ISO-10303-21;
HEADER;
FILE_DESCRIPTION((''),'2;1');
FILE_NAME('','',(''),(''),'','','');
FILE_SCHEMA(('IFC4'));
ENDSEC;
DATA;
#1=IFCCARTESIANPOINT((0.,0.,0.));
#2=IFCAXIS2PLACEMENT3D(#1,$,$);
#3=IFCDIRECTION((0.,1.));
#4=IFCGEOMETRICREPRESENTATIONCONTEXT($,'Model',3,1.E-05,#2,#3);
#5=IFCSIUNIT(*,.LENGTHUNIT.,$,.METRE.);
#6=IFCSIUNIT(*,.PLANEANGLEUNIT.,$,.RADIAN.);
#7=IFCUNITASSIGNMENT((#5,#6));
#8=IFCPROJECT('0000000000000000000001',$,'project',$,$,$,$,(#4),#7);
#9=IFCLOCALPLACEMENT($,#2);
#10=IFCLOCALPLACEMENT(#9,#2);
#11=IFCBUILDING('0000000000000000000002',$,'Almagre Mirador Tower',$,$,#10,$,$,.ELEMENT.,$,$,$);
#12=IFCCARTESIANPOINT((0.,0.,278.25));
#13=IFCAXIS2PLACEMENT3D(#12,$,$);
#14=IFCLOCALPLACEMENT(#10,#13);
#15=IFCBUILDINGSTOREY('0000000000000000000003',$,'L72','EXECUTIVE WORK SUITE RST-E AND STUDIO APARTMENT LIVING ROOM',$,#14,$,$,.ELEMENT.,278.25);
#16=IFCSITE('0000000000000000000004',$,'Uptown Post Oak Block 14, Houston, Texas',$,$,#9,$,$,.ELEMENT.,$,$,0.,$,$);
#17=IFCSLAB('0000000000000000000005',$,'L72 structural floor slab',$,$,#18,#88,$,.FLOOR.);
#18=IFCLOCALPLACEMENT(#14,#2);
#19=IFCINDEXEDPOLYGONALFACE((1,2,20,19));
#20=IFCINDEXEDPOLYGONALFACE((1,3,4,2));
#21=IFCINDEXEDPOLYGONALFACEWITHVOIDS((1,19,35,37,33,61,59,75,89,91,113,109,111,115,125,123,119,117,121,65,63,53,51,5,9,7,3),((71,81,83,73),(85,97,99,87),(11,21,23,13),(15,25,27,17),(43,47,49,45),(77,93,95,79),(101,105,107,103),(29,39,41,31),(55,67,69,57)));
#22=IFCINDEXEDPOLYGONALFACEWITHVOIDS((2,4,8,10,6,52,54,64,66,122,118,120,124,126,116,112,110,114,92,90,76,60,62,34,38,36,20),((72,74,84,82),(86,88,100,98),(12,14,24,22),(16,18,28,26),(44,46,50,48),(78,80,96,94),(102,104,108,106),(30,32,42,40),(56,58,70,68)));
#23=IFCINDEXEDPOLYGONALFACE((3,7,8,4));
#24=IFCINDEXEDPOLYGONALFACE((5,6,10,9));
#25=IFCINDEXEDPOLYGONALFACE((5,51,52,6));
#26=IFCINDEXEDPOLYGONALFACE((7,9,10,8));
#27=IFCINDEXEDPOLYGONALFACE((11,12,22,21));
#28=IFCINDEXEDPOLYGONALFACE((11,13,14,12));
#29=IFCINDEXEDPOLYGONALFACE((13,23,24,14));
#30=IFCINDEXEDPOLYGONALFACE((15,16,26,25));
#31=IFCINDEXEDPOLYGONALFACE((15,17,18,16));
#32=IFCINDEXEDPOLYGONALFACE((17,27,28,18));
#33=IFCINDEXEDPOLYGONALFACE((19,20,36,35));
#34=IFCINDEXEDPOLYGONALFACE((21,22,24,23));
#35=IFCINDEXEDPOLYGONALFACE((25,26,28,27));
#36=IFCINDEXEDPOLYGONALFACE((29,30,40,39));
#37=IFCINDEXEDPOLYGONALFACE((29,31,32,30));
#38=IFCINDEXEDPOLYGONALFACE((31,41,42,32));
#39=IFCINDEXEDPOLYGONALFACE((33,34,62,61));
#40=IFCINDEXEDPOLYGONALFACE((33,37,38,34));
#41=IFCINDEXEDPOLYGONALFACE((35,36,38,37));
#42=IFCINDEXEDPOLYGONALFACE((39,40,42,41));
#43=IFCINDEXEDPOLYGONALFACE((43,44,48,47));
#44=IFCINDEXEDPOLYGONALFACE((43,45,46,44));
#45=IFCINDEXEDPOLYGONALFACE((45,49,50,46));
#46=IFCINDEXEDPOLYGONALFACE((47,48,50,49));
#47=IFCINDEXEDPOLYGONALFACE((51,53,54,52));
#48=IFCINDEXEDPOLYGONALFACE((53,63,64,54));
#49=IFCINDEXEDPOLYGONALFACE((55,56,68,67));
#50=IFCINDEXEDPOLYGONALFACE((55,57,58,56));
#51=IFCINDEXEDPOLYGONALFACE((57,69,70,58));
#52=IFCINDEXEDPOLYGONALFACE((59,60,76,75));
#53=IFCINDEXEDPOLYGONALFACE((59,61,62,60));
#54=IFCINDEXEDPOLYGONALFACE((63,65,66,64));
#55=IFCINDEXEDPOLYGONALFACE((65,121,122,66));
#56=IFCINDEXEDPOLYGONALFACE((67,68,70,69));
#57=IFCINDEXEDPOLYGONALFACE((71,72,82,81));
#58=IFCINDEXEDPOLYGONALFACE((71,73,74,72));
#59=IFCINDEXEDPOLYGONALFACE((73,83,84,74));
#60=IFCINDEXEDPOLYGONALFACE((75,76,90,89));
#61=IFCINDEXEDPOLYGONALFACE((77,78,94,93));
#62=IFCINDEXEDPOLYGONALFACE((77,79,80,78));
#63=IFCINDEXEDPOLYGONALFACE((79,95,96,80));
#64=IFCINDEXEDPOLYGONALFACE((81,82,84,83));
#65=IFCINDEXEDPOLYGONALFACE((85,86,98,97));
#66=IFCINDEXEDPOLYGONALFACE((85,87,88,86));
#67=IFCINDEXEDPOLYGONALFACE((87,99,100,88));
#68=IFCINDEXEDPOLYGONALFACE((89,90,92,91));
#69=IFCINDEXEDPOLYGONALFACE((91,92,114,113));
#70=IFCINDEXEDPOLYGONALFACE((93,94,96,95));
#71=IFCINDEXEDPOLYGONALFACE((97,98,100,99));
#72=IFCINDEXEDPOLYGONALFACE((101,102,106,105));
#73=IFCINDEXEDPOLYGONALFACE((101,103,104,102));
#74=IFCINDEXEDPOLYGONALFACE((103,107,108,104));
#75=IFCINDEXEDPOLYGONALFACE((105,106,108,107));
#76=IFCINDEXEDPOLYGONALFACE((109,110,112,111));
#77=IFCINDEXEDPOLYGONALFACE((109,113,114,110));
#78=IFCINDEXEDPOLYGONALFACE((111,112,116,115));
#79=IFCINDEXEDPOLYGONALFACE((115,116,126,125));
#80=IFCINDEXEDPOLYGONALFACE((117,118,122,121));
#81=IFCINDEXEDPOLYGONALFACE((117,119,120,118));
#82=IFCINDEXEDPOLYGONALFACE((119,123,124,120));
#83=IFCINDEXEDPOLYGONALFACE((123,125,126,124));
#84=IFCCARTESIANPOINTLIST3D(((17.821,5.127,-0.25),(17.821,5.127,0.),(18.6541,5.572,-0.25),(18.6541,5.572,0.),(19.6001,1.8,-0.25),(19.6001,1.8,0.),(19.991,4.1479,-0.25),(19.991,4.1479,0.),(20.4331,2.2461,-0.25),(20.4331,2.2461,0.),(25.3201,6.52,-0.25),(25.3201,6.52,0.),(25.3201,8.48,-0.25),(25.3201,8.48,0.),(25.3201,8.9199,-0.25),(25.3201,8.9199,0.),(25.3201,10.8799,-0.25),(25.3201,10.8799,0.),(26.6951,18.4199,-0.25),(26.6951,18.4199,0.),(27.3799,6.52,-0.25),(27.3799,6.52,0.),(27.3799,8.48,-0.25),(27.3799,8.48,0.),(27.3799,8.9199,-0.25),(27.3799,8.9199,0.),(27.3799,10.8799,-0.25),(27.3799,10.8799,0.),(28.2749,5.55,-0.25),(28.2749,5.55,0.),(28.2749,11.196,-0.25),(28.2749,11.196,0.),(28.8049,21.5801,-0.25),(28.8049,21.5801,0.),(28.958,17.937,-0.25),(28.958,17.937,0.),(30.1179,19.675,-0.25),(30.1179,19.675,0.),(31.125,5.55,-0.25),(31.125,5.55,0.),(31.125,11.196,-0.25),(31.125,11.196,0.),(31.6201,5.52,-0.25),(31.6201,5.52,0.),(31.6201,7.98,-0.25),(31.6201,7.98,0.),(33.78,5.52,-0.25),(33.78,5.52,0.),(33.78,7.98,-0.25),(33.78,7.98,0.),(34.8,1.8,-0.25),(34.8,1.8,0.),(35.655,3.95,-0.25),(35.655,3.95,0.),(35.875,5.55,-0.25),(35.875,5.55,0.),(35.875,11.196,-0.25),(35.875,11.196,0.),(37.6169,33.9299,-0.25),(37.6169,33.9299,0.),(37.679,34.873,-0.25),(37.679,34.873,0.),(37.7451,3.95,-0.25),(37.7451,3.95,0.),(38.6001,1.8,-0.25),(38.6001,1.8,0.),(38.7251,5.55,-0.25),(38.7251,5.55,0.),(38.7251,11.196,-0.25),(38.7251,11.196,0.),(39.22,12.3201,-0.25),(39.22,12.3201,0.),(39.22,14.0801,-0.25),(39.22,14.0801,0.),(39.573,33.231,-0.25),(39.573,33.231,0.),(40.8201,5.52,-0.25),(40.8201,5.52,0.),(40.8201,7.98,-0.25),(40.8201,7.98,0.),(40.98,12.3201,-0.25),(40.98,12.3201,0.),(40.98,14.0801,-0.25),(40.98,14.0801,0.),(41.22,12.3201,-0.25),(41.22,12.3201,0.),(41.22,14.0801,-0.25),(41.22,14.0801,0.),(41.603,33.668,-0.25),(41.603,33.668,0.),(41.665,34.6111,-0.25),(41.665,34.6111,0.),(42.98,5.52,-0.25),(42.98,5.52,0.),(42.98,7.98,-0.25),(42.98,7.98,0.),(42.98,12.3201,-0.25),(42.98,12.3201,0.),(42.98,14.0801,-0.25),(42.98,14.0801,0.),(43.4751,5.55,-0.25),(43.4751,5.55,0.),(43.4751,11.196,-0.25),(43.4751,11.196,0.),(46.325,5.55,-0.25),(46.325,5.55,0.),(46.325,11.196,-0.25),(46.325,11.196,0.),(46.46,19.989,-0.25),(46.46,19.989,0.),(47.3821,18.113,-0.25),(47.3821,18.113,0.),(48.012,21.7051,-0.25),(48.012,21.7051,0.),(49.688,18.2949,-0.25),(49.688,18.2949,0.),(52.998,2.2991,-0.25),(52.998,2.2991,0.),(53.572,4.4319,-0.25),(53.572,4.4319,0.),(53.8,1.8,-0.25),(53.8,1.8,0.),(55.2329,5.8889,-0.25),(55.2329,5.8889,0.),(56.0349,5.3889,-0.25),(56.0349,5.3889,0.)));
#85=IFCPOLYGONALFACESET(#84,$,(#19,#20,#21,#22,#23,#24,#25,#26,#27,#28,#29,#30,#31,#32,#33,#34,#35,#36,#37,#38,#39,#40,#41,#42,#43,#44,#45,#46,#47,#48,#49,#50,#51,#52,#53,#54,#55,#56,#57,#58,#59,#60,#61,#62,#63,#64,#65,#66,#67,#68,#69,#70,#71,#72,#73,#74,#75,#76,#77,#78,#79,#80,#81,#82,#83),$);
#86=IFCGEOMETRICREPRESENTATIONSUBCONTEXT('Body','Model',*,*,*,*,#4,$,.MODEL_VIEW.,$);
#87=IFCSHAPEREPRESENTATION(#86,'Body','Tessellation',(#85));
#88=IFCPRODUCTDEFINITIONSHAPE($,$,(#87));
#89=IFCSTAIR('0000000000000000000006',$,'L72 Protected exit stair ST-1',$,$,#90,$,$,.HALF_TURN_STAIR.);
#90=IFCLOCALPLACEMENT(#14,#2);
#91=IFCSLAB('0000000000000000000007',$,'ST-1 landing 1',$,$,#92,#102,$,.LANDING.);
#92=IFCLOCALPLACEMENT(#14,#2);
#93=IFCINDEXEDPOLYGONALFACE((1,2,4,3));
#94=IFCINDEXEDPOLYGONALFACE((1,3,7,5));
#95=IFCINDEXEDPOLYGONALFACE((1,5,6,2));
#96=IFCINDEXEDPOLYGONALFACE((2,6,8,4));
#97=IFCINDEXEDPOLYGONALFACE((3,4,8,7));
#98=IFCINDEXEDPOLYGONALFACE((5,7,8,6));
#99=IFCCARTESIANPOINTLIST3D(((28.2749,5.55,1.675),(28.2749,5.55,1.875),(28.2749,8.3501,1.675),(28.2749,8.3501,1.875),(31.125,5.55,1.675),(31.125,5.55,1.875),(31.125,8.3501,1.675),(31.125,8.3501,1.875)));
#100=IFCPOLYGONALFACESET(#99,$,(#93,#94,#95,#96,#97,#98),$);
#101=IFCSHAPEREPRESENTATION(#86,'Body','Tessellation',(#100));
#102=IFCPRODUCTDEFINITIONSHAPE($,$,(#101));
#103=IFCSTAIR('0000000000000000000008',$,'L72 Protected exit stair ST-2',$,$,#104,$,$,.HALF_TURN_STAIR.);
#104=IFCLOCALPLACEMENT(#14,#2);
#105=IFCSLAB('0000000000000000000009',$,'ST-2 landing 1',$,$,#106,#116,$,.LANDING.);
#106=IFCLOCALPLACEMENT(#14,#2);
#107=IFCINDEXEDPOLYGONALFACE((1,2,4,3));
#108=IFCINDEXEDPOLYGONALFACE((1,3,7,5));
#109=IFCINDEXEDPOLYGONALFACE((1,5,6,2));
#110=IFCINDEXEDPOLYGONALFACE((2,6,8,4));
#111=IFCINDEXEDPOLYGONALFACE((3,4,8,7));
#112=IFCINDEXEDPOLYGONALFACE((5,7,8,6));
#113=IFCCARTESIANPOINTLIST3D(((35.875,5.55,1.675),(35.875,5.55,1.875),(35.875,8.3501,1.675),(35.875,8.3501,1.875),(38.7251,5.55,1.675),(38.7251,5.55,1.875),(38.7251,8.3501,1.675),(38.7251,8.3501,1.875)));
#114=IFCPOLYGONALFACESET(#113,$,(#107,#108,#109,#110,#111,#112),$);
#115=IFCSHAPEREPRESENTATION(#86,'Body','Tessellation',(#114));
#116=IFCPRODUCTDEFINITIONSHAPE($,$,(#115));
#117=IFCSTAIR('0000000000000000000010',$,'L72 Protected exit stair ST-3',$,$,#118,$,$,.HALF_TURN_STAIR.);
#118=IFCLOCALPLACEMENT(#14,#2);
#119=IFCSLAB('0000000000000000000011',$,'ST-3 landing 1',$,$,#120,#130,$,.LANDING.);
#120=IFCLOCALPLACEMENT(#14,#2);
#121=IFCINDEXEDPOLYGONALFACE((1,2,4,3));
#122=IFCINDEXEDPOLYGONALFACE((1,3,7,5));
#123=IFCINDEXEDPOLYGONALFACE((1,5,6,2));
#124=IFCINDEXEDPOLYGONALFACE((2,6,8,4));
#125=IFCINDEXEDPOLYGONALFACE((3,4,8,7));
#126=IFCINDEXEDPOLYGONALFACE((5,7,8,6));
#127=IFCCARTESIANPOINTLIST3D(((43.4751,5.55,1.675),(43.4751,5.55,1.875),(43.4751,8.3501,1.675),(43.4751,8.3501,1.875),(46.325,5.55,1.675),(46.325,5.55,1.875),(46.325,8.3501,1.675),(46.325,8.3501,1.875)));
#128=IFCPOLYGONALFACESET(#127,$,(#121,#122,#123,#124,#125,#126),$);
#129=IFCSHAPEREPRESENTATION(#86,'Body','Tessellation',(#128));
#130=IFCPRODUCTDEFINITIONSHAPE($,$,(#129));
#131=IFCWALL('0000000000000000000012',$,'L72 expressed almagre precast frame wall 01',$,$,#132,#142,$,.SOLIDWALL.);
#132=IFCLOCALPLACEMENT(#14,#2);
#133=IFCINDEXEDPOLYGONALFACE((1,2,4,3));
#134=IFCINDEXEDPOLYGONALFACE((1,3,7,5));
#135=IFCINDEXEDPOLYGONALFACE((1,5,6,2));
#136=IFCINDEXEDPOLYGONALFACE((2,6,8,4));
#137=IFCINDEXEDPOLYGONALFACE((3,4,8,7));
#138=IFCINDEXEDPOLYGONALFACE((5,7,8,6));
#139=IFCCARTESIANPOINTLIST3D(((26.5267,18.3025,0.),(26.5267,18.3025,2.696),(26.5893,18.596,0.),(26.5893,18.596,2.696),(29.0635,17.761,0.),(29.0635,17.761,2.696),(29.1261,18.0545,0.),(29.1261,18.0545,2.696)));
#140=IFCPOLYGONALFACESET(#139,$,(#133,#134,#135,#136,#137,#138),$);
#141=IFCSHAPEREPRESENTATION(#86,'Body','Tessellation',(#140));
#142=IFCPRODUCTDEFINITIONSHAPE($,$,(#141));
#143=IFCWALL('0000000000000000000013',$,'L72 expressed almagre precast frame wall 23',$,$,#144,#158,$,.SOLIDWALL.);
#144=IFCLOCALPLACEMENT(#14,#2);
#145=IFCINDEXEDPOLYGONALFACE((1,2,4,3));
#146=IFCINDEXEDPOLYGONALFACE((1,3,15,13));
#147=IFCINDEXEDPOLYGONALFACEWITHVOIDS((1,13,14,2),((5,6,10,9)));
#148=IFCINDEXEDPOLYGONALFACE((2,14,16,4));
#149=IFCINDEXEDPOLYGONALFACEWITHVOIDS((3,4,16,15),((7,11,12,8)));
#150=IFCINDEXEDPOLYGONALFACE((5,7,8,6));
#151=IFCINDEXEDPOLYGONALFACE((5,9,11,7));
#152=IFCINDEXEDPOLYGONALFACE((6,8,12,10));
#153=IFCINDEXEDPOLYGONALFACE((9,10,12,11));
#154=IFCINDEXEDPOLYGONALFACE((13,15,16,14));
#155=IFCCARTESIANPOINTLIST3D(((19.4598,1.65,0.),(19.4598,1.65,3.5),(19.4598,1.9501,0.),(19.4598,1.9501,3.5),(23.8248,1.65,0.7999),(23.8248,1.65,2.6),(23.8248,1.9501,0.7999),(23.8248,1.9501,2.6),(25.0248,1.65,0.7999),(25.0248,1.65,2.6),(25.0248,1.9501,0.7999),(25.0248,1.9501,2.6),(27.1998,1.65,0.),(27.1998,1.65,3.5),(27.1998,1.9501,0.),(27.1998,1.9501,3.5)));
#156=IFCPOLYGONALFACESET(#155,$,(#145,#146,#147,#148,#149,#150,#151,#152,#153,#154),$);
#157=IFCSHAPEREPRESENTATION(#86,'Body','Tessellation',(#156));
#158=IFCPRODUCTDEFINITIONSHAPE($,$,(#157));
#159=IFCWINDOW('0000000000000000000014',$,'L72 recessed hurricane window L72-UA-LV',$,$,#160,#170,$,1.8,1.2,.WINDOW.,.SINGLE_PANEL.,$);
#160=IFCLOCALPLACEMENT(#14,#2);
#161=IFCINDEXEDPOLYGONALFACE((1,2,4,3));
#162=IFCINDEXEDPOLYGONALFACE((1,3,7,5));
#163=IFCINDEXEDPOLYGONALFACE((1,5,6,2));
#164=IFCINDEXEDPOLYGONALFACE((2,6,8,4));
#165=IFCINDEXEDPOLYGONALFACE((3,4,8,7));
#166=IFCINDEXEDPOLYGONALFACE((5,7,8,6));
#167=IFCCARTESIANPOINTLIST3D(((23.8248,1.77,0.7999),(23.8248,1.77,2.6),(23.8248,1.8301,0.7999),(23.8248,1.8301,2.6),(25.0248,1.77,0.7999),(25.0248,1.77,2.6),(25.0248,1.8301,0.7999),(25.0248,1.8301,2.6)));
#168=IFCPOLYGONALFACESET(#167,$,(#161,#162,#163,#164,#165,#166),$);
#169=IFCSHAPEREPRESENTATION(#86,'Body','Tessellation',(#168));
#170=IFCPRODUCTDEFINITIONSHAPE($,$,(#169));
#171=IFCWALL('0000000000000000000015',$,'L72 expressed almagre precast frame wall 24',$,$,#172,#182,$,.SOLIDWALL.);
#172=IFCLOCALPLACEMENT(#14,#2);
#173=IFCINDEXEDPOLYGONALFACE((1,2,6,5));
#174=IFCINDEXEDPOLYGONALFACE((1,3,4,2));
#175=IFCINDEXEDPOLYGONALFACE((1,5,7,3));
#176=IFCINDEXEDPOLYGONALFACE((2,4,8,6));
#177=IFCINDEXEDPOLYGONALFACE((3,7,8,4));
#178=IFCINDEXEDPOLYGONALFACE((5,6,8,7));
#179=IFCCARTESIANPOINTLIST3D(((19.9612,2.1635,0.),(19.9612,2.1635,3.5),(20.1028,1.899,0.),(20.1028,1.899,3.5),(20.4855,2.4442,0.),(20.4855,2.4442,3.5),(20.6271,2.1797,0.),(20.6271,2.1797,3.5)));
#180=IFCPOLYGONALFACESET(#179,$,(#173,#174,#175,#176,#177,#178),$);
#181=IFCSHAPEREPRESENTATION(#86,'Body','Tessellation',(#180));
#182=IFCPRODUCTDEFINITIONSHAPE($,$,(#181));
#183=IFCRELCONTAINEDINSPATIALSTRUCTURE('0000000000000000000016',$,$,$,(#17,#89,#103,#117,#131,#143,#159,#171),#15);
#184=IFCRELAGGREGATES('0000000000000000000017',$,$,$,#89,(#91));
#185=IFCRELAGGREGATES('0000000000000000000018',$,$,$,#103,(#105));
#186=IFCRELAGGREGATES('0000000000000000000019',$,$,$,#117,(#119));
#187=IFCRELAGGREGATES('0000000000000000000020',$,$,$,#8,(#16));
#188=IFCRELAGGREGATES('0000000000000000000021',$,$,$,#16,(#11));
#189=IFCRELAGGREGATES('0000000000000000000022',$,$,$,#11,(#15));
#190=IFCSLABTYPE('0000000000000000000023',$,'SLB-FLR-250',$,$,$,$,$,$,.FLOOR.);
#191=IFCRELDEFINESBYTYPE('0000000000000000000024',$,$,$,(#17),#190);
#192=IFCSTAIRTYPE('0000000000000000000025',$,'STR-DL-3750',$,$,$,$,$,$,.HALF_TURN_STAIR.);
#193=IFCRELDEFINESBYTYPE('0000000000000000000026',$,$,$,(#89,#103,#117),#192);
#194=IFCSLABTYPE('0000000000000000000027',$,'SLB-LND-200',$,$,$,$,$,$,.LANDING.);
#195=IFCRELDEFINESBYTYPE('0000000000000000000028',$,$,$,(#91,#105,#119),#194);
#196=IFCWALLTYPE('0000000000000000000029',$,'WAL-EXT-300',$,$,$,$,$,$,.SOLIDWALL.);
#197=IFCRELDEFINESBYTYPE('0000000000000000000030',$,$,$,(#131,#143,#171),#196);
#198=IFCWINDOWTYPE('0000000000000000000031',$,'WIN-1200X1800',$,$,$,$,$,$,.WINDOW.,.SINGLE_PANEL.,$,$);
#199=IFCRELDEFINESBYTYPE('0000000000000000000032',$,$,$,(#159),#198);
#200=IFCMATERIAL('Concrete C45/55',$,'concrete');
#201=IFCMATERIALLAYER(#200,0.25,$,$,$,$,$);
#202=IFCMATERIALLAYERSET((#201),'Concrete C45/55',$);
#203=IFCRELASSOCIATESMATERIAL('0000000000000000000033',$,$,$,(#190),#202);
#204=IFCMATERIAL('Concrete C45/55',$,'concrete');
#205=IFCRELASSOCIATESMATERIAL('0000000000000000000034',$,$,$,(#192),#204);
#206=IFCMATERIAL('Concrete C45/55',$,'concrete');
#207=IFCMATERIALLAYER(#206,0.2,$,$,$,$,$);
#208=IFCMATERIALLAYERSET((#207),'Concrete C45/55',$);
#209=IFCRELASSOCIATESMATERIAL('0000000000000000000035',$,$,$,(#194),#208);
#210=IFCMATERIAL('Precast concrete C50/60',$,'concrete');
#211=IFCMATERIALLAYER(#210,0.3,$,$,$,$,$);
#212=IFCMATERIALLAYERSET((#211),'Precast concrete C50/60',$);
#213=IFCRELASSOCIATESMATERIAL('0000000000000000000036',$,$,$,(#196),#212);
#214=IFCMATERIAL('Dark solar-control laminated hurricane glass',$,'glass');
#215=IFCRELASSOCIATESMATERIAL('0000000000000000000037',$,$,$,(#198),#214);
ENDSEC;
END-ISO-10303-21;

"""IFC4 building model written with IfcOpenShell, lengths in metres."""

from ifc_helpers import new_model, si_unit, direction, frame, frame_2d, origin, place, context, subcontext, project, spatial, polyline, rectangle, outline, extrude, material, layer, layer_set, type_object, element, fill, aggregate, save


model = new_model("IFC4")

# Units and contexts
model_context = context("Model", 3, precision=1e-05, world=origin(), true_north=direction((0.0, 1.0)))
body_context = subcontext(model_context, "Body", "Model", "MODEL_VIEW")
ifc_project = project(units=[si_unit("LENGTHUNIT", "METRE"), si_unit("PLANEANGLEUNIT", "RADIAN")], contexts=[model_context])

# Site, building, storey
site_placement = place(None, origin())
site = spatial("IfcSite", under=ifc_project, at=site_placement, Name="Uptown Post Oak Block 14, Houston, Texas", CompositionType="ELEMENT", RefElevation=0.0)
building_placement = place(site_placement, origin())
building = spatial("IfcBuilding", under=site, at=building_placement, Name="Almagre Mirador Tower", CompositionType="ELEMENT")
storey_placement = place(building_placement, frame((0.0, 0.0, 278.25)))
storey = spatial("IfcBuildingStorey", under=building, at=storey_placement, Name="L72", Description="EXECUTIVE WORK SUITE RST-E AND STUDIO APARTMENT LIVING ROOM", CompositionType="ELEMENT", Elevation=278.25)

# Slab
ifc_material_1 = material(Name="Concrete C45/55", Category="concrete")
ifc_layer_1 = layer(ifc_material_1, 0.25)
ifc_layer_set_1 = layer_set([ifc_layer_1], Name="Concrete C45/55")
slab_type_1 = type_object("IfcSlabType", Name="SLB-FLR-250", PredefinedType="FLOOR", material=ifc_layer_set_1)
slab_1_placement = place(storey_placement, frame((0.0, 0.0, -0.25)))
element("IfcSlab", 1, at=slab_1_placement, inside=storey, type_object=slab_type_1, Name="L72 structural floor slab", PredefinedType="FLOOR", context=body_context, shape_type="SweptSolid", body=[
    extrude(outline(polyline([(17.821, 5.127), (18.6541, 5.572), (19.991, 4.1479), (20.4331, 2.2461), (19.6001, 1.8), (34.8, 1.8), (35.655, 3.95), (37.7451, 3.95), (38.6001, 1.8), (53.8, 1.8), (52.998, 2.2991), (53.572, 4.4319), (55.2329, 5.8889), (56.0349, 5.3889), (49.688, 18.2949), (47.3821, 18.113), (46.46, 19.989), (48.012, 21.7051), (41.665, 34.6111), (41.603, 33.668), (39.573, 33.231), (37.6169, 33.9299), (37.679, 34.873), (28.8049, 21.5801), (30.1179, 19.675), (28.958, 17.937), (26.6951, 18.4199), (17.821, 5.127)]), holes=[polyline([(43.4751, 5.55), (43.4751, 11.196), (46.325, 11.196), (46.325, 5.55), (43.4751, 5.55)]), polyline([(41.22, 12.3201), (41.22, 14.0801), (42.98, 14.0801), (42.98, 12.3201), (41.22, 12.3201)]), polyline([(42.98, 5.52), (40.8201, 5.52), (40.8201, 7.98), (42.98, 7.98), (42.98, 5.52)]), polyline([(39.22, 12.3201), (39.22, 14.0801), (40.98, 14.0801), (40.98, 12.3201), (39.22, 12.3201)]), polyline([(35.875, 5.55), (35.875, 11.196), (38.7251, 11.196), (38.7251, 5.55), (35.875, 5.55)]), polyline([(33.78, 5.52), (31.6201, 5.52), (31.6201, 7.98), (33.78, 7.98), (33.78, 5.52)]), polyline([(28.2749, 5.55), (28.2749, 11.196), (31.125, 11.196), (31.125, 5.55), (28.2749, 5.55)]), polyline([(27.3799, 6.52), (25.3201, 6.52), (25.3201, 8.48), (27.3799, 8.48), (27.3799, 6.52)]), polyline([(27.3799, 8.9199), (25.3201, 8.9199), (25.3201, 10.8799), (27.3799, 10.8799), (27.3799, 8.9199)])]), origin(), (0.0, 0.0, 1.0), 0.25),
])

# Stairs, slabs
ifc_material_2 = material(Name="Concrete C45/55", Category="concrete")
stair_type = type_object("IfcStairType", Name="STR-DL-3750", PredefinedType="HALF_TURN_STAIR", material=ifc_material_2)
stair_1_placement = place(storey_placement, origin())
stair_1 = element("IfcStair", 2, at=stair_1_placement, inside=storey, type_object=stair_type, Name="L72 Protected exit stair ST-1", PredefinedType="HALF_TURN_STAIR")
ifc_material_3 = material(Name="Concrete C45/55", Category="concrete")
ifc_layer_2 = layer(ifc_material_3, 0.2)
ifc_layer_set_2 = layer_set([ifc_layer_2], Name="Concrete C45/55")
slab_type_2 = type_object("IfcSlabType", Name="SLB-LND-200", PredefinedType="LANDING", material=ifc_layer_set_2)
slab_2_placement = place(storey_placement, frame((0.0, 0.0, 1.675)))
slab_2 = element("IfcSlab", 3, at=slab_2_placement, type_object=slab_type_2, Name="ST-1 landing 1", PredefinedType="LANDING", context=body_context, shape_type="SweptSolid", body=[
    extrude(outline(polyline([(28.2749, 8.3501), (28.2749, 5.55), (31.125, 5.55), (31.125, 8.3501), (28.2749, 8.3501)])), origin(), (0.0, 0.0, 1.0), 0.2),
])
aggregate(stair_1, [slab_2])
stair_2_placement = place(storey_placement, origin())
stair_2 = element("IfcStair", 4, at=stair_2_placement, inside=storey, type_object=stair_type, Name="L72 Protected exit stair ST-2", PredefinedType="HALF_TURN_STAIR")
slab_3_placement = place(storey_placement, frame((0.0, 0.0, 1.675)))
slab_3 = element("IfcSlab", 5, at=slab_3_placement, type_object=slab_type_2, Name="ST-2 landing 1", PredefinedType="LANDING", context=body_context, shape_type="SweptSolid", body=[
    extrude(outline(polyline([(35.875, 8.3501), (35.875, 5.55), (38.7251, 5.55), (38.7251, 8.3501), (35.875, 8.3501)])), origin(), (0.0, 0.0, 1.0), 0.2),
])
aggregate(stair_2, [slab_3])
stair_3_placement = place(storey_placement, origin())
stair_3 = element("IfcStair", 6, at=stair_3_placement, inside=storey, type_object=stair_type, Name="L72 Protected exit stair ST-3", PredefinedType="HALF_TURN_STAIR")
slab_4_placement = place(storey_placement, frame((0.0, 0.0, 1.675)))
slab_4 = element("IfcSlab", 7, at=slab_4_placement, type_object=slab_type_2, Name="ST-3 landing 1", PredefinedType="LANDING", context=body_context, shape_type="SweptSolid", body=[
    extrude(outline(polyline([(43.4751, 8.3501), (43.4751, 5.55), (46.325, 5.55), (46.325, 8.3501), (43.4751, 8.3501)])), origin(), (0.0, 0.0, 1.0), 0.2),
])
aggregate(stair_3, [slab_4])

# Wall
ifc_material_4 = material(Name="Precast concrete C50/60", Category="concrete")
ifc_layer_3 = layer(ifc_material_4, 0.3)
ifc_layer_set_3 = layer_set([ifc_layer_3], Name="Precast concrete C50/60")
wall_type_1 = type_object("IfcWallType", Name="WAL-EXT-300", PredefinedType="SOLIDWALL", material=ifc_layer_set_3)
wall_1_placement = place(storey_placement, frame((26.5581, 18.4492, 0.0), z_axis=(0.0, 0.0, 1.0), x_axis=(0.977969, -0.208751, 0.0)))
element("IfcWall", 8, at=wall_1_placement, inside=storey, type_object=wall_type_1, Name="L72 expressed almagre precast frame wall 01", PredefinedType="SOLIDWALL", context=body_context, shape_type="SweptSolid", body=[
    extrude(rectangle(XDim=2.594, YDim=0.3, at=frame_2d((1.2969, 0.0))), origin(), (0.0, 0.0, 1.0), 2.696),
])

# Wall, opening, window
wall_2_placement = place(storey_placement, frame((27.2, 1.8, 0.0), z_axis=(0.0, 0.0, 1.0), x_axis=(-1.0, 0.0, 0.0)))
wall_2 = element("IfcWall", 9, at=wall_2_placement, inside=storey, type_object=wall_type_1, Name="L72 expressed almagre precast frame wall 23", PredefinedType="SOLIDWALL", context=body_context, shape_type="SweptSolid", body=[
    extrude(rectangle(XDim=7.74, YDim=0.3, at=frame_2d((3.8701, 0.0))), origin(), (0.0, 0.0, 1.0), 3.5),
])
opening_1_placement = place(wall_2_placement, frame((2.175, 0.0, 0.8)))
opening_1 = element("IfcOpeningElement", 10, at=opening_1_placement, cuts=wall_2, PredefinedType="OPENING", context=body_context, shape_type="SweptSolid", body=[
    extrude(rectangle(XDim=1.2, YDim=1.8, at=frame_2d((0.6001, 0.8999))), frame((0.0, 0.1599, 0.0), z_axis=(0.0, -1.0, 0.0), x_axis=(1.0, 0.0, 0.0)), (0.0, 0.0, 1.0), 0.32),
])
ifc_material_5 = material(Name="Dark solar-control laminated hurricane glass", Category="glass")
window_type_1 = type_object("IfcWindowType", Name="WIN-1200X1800", PartitioningType="SINGLE_PANEL", PredefinedType="WINDOW", material=ifc_material_5)
window_1_placement = place(opening_1_placement, origin())
window_1 = element("IfcWindow", 11, at=window_1_placement, inside=storey, type_object=window_type_1, Name="L72 recessed hurricane window L72-UA-LV", OverallHeight=1.8, OverallWidth=1.2, PartitioningType="SINGLE_PANEL", PredefinedType="WINDOW", context=body_context, shape_type="SweptSolid", body=[
    extrude(rectangle(XDim=1.2, YDim=1.8, at=frame_2d((0.6001, 0.8999))), frame((0.0, 0.03, 0.0), z_axis=(0.0, -1.0, 0.0), x_axis=(1.0, 0.0, 0.0)), (0.0, 0.0, 1.0), 0.0601),
])
fill(opening_1, window_1)

# Wall
wall_3_placement = place(storey_placement, frame((20.032, 2.0312, 0.0), z_axis=(0.0, 0.0, 1.0), x_axis=(0.881602, 0.471994, 0.0)))
element("IfcWall", 12, at=wall_3_placement, inside=storey, type_object=wall_type_1, Name="L72 expressed almagre precast frame wall 24", PredefinedType="SOLIDWALL", context=body_context, shape_type="SweptSolid", body=[
    extrude(rectangle(XDim=0.5947, YDim=0.3, at=frame_2d((0.2974, 0.0))), origin(), (0.0, 0.0, 1.0), 3.5),
])

save(model, "model.ifc")
